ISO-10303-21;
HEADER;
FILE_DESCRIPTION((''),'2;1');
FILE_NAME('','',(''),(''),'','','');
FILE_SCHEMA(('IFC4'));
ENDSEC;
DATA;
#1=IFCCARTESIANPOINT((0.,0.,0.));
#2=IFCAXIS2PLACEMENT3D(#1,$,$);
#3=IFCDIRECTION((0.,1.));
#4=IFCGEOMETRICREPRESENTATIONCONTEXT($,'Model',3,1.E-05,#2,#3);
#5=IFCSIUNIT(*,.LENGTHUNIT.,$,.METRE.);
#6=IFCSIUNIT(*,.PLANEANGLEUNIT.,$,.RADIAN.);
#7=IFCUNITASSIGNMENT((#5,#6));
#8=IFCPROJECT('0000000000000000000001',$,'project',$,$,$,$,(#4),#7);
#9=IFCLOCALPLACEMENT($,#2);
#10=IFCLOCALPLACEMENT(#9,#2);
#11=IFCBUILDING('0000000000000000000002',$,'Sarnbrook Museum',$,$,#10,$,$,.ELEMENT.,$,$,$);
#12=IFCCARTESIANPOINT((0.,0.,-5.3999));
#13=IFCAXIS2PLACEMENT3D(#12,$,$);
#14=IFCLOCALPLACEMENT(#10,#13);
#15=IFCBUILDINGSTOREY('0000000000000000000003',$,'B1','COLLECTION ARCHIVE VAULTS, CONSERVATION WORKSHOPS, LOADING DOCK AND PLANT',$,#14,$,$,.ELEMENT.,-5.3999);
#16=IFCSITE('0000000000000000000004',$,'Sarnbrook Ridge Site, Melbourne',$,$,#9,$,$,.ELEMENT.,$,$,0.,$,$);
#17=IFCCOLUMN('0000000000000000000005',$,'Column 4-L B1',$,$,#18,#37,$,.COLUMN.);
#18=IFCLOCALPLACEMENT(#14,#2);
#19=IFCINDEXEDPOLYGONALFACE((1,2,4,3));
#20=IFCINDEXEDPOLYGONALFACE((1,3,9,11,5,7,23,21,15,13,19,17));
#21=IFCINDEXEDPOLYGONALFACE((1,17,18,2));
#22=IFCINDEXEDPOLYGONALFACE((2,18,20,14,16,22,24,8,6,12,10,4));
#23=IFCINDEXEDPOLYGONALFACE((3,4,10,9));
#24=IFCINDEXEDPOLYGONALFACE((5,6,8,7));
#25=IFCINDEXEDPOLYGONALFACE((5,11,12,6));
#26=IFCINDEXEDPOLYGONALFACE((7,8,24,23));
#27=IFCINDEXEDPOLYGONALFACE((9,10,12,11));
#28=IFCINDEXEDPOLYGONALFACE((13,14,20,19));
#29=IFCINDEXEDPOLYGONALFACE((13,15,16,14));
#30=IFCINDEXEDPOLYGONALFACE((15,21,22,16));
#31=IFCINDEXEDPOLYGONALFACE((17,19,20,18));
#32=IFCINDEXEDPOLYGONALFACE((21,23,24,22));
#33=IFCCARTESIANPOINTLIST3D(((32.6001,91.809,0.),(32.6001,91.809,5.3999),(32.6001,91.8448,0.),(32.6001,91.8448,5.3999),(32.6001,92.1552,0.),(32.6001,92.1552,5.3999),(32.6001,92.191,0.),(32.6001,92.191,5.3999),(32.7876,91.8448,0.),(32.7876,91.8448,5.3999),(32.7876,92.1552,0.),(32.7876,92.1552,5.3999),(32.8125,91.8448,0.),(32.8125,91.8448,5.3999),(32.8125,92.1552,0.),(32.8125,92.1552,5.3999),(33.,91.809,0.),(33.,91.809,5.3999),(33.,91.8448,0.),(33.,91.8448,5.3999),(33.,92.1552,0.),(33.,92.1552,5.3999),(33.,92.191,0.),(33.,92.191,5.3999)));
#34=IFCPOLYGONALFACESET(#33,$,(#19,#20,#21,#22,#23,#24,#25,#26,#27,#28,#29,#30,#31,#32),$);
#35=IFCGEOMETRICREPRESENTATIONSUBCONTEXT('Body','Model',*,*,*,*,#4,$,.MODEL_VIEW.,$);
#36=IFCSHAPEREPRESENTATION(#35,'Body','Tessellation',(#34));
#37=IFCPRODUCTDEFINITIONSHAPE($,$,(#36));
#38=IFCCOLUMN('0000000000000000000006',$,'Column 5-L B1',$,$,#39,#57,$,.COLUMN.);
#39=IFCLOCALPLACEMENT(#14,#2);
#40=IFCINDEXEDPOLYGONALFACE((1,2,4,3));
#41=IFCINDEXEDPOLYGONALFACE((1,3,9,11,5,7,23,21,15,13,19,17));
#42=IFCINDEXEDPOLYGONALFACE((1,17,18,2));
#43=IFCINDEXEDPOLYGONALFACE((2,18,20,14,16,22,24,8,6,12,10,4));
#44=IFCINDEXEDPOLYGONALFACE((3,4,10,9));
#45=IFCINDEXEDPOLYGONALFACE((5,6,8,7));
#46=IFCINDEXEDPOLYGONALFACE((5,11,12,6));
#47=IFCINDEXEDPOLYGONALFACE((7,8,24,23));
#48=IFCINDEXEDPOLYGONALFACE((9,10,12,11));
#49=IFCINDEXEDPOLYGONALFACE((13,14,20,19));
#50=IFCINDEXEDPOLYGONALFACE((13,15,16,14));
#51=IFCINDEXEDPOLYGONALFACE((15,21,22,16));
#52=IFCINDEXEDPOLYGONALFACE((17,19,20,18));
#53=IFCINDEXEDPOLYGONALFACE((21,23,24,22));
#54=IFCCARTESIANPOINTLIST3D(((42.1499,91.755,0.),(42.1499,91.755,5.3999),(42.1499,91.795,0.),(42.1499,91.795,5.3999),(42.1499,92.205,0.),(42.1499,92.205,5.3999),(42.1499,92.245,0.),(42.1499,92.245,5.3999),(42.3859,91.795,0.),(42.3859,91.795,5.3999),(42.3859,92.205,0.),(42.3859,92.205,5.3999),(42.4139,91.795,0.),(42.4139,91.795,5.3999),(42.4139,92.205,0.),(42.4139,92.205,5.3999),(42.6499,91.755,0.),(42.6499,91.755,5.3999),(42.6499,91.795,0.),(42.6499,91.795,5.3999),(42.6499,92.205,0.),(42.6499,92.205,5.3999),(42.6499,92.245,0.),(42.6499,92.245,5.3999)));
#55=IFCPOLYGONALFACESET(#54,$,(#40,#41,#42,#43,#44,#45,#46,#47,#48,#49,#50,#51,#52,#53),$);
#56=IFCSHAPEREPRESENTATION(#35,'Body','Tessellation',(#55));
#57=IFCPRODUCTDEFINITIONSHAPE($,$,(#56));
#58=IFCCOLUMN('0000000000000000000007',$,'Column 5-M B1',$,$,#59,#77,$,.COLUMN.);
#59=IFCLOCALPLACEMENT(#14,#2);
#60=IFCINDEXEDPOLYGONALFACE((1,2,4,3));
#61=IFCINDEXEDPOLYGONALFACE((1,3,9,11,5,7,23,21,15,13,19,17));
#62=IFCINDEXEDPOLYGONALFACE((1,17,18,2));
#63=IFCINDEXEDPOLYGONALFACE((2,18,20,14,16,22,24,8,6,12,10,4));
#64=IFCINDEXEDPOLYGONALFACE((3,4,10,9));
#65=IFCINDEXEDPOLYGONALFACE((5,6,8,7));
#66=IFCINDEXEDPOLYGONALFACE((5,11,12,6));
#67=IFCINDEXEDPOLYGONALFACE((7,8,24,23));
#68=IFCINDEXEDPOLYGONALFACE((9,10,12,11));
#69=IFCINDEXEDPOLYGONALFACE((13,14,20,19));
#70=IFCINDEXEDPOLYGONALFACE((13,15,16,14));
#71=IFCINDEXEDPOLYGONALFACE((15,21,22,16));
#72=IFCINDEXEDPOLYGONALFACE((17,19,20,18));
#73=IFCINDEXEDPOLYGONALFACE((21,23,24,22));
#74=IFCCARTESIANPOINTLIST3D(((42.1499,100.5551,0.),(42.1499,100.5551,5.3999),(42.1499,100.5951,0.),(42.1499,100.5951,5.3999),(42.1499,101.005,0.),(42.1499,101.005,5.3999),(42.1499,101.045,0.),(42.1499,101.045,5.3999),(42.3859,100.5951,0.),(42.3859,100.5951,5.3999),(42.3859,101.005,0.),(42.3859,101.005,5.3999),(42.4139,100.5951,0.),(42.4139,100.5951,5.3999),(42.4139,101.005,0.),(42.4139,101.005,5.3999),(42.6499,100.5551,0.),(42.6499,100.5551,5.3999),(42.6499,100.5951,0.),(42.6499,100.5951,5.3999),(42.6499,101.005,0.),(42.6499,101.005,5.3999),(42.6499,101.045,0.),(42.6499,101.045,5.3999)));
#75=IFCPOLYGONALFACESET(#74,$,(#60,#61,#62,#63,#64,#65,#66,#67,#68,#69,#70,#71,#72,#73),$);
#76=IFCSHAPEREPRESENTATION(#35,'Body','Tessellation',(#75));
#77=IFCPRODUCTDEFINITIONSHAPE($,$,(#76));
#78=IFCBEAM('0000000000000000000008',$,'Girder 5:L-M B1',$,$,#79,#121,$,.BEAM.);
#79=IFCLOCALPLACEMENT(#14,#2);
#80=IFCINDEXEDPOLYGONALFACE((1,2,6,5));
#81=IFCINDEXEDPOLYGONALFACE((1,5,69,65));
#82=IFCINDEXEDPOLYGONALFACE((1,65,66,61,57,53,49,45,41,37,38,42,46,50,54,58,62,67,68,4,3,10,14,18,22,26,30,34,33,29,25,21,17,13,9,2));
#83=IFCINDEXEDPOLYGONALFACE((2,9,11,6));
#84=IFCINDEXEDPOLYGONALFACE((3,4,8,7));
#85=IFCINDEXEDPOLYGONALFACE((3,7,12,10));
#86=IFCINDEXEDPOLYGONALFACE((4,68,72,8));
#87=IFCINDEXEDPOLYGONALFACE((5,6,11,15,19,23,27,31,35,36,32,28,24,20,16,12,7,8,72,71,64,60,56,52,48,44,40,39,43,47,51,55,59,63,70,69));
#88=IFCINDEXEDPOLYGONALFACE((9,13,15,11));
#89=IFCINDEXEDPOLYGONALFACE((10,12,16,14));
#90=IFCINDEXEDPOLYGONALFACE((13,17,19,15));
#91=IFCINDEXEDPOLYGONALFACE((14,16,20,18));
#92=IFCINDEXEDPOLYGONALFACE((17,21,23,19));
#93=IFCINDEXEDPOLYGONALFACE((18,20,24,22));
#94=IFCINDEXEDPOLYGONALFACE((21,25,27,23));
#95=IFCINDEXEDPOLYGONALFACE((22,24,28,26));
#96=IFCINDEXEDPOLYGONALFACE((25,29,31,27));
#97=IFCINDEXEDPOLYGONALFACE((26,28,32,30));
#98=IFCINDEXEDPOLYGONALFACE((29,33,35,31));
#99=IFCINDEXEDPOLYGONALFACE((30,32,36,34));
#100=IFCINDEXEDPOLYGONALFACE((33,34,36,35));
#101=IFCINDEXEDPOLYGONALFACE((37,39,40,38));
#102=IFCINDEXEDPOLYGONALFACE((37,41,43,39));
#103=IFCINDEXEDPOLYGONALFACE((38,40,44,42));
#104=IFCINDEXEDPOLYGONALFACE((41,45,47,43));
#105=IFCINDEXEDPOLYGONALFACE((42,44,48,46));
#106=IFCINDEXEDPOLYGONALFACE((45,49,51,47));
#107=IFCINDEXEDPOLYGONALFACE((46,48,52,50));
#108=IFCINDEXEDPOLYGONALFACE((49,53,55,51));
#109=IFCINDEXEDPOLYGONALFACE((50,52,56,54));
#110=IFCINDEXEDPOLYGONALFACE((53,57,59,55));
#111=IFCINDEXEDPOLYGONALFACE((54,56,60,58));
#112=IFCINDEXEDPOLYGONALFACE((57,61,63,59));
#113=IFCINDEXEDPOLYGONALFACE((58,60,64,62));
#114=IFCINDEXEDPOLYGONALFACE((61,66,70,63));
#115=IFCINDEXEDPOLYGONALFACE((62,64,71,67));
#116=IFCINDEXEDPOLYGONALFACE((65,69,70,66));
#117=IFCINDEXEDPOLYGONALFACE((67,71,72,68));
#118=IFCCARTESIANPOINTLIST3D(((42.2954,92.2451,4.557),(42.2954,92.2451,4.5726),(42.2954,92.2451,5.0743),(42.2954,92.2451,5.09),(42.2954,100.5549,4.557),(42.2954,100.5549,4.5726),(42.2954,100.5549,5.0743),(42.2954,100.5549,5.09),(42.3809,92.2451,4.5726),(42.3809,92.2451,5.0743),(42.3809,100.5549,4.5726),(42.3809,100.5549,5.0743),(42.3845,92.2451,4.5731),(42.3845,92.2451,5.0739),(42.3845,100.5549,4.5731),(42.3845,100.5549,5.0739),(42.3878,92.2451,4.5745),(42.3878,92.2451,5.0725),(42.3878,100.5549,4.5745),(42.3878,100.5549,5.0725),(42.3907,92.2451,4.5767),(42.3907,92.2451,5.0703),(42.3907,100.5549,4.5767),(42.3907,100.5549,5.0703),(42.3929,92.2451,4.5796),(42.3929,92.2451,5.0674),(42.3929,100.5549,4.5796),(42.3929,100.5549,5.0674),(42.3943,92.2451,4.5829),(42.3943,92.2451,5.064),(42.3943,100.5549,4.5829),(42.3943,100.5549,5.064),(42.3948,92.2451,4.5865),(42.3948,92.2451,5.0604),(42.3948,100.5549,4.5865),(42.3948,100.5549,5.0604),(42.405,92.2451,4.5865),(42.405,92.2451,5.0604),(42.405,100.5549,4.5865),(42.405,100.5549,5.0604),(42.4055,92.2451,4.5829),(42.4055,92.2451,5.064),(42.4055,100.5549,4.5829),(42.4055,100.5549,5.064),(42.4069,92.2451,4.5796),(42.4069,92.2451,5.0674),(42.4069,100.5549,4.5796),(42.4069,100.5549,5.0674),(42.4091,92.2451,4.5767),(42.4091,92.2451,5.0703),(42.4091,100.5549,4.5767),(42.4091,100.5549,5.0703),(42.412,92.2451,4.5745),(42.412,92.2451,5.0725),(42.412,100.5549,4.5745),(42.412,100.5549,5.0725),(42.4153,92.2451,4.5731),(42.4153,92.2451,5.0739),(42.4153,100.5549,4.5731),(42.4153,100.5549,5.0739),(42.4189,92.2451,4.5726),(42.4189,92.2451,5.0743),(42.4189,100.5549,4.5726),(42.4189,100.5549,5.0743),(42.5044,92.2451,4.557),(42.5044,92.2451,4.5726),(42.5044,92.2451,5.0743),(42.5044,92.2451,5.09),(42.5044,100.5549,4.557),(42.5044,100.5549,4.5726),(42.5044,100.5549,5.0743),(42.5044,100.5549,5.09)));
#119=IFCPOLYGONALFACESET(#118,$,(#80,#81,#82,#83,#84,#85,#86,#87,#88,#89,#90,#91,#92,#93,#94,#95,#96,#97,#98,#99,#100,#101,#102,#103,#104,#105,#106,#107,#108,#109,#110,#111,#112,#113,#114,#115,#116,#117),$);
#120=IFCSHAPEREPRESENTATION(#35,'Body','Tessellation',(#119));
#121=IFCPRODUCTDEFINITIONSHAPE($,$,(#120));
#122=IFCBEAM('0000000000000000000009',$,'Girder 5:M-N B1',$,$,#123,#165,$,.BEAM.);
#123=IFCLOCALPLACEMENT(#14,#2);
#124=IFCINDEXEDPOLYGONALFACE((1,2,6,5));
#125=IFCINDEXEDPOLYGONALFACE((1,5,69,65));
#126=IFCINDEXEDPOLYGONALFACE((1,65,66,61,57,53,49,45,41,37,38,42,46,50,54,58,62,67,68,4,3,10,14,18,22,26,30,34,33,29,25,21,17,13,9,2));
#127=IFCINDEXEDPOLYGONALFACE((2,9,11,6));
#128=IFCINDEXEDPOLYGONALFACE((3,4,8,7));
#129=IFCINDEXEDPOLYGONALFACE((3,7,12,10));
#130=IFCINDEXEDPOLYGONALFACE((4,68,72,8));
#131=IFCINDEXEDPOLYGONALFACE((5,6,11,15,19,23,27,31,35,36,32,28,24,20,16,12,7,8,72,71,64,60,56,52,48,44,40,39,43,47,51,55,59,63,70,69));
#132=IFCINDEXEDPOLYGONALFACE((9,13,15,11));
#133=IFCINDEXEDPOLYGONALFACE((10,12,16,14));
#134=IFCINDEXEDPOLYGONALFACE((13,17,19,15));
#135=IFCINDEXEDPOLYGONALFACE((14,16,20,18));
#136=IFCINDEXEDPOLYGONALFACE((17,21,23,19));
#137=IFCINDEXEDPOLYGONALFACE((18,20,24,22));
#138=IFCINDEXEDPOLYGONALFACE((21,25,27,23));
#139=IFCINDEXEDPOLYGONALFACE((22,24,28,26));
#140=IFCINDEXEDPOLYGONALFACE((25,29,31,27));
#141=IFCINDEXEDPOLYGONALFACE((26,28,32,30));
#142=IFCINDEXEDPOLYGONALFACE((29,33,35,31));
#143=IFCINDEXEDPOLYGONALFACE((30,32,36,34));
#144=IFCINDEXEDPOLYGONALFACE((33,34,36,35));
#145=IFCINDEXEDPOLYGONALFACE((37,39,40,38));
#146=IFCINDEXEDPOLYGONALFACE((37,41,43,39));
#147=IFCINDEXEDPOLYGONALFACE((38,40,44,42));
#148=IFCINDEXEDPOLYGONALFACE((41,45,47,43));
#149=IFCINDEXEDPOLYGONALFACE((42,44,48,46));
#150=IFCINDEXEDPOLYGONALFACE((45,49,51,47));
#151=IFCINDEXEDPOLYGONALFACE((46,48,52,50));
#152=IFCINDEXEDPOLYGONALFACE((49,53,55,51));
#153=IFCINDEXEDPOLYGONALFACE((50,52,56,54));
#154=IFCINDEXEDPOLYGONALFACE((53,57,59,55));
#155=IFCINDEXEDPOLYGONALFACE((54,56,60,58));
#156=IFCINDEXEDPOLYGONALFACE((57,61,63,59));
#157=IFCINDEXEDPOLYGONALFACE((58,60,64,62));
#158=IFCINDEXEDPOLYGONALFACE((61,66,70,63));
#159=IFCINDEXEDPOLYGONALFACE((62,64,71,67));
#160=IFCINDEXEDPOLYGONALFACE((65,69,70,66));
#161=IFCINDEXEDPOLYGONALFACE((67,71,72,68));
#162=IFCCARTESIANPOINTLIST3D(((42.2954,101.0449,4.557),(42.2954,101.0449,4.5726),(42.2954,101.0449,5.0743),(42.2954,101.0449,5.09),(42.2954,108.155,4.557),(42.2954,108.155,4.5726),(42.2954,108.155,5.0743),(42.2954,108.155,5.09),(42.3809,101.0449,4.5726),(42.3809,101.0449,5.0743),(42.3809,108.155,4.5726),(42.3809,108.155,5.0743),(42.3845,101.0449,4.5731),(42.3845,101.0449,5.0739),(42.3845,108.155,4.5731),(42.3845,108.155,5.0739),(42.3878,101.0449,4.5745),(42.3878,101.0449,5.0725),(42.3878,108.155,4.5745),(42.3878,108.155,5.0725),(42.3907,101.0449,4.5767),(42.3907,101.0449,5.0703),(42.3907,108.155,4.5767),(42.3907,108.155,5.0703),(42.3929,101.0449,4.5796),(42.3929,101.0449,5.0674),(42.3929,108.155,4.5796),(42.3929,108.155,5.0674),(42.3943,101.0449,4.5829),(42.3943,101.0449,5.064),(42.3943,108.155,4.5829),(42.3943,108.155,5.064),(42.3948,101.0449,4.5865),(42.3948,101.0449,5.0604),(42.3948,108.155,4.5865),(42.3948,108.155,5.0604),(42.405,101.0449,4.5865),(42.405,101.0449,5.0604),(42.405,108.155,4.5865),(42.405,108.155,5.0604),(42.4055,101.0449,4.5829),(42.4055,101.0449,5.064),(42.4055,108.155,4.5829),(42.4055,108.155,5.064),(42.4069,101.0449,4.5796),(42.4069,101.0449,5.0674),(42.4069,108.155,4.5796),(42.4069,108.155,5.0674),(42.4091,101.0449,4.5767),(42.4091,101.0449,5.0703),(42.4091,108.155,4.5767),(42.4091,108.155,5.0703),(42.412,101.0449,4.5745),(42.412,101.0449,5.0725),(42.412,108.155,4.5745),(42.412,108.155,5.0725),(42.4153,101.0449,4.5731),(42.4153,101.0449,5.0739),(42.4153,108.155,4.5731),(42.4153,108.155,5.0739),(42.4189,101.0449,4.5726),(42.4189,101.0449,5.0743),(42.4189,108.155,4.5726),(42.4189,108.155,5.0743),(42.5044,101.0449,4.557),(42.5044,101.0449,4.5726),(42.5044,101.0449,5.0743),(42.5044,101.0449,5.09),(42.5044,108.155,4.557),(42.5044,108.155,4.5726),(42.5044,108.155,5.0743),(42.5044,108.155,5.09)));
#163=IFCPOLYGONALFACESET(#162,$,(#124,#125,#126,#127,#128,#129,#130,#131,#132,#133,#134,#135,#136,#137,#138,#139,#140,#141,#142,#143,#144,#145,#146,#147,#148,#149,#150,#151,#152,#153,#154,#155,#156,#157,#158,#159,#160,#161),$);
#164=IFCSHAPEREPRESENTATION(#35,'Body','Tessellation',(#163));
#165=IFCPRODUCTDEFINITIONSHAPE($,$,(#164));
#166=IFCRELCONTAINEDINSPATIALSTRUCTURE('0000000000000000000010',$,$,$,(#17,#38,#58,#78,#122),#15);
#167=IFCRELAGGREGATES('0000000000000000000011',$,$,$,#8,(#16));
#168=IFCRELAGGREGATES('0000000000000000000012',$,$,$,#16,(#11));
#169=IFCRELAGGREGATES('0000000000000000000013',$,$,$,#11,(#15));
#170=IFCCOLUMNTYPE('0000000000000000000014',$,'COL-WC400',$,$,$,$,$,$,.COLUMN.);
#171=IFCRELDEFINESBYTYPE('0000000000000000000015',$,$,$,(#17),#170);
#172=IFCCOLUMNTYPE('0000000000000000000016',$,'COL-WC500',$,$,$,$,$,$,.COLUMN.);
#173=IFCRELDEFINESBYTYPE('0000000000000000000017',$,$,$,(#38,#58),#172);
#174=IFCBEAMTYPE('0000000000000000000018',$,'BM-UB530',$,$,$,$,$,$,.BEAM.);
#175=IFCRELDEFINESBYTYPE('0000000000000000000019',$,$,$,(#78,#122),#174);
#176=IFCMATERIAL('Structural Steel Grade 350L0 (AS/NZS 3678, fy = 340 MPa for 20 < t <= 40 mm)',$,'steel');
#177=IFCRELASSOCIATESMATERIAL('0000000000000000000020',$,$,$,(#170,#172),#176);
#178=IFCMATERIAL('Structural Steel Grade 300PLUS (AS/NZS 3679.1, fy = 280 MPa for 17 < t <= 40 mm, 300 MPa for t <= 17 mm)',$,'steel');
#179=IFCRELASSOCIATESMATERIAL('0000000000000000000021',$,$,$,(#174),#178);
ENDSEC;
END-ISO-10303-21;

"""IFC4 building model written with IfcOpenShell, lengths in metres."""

from ifc_helpers import new_model, si_unit, direction, frame, origin, origin_2d, place, context, subcontext, project, spatial, i_section, extrude, material, material_profile, profile_set, type_object, element, save


model = new_model("IFC4")

# Units and contexts
model_context = context("Model", 3, precision=1e-05, world=origin(), true_north=direction((0.0, 1.0)))
body_context = subcontext(model_context, "Body", "Model", "MODEL_VIEW")
ifc_project = project(units=[si_unit("LENGTHUNIT", "METRE"), si_unit("PLANEANGLEUNIT", "RADIAN")], contexts=[model_context])

# Site, building, storey
site_placement = place(None, origin())
site = spatial("IfcSite", under=ifc_project, at=site_placement, Name="Sarnbrook Ridge Site, Melbourne", CompositionType="ELEMENT", RefElevation=0.0)
building_placement = place(site_placement, origin())
building = spatial("IfcBuilding", under=site, at=building_placement, Name="Sarnbrook Museum", CompositionType="ELEMENT")
storey_placement = place(building_placement, frame((0.0, 0.0, -5.3999)))
storey = spatial("IfcBuildingStorey", under=building, at=storey_placement, Name="B1", Description="COLLECTION ARCHIVE VAULTS, CONSERVATION WORKSHOPS, LOADING DOCK AND PLANT", CompositionType="ELEMENT", Elevation=-5.3999)

# Columns
ifc_material_1 = material(Name="Structural Steel Grade 350L0 (AS/NZS 3678, fy = 340 MPa for 20 < t <= 40 mm)", Category="steel")
ifc_material_profile_1 = material_profile(ifc_material_1, i_section(OverallWidth=0.3999, OverallDepth=0.3821, WebThickness=0.0249, FlangeThickness=0.0359, at=origin_2d()), Name="400WC270")
ifc_profile_set_1 = profile_set([ifc_material_profile_1], Name="Structural Steel Grade 350L0 (AS/NZS 3678, fy = 340 MPa for 20 < t <= 40 mm)")
column_type_1 = type_object("IfcColumnType", Name="COL-WC400", PredefinedType="COLUMN", material=ifc_profile_set_1)
for number, where, z_axis, x_axis, name in (
    (1, (32.8, 92.0, 0.0), (0.0, 0.0, 1.0), (1.0, 0.0, 0.0), "Column 4-L B1"),
):
    element("IfcColumn", number, at=place(storey_placement, frame(where, z_axis=z_axis, x_axis=x_axis)), inside=storey, type_object=column_type_1, Name=name, PredefinedType="COLUMN", context=body_context, shape_type="SweptSolid", body=[
        extrude(i_section(OverallWidth=0.3999, OverallDepth=0.3821, WebThickness=0.0249, FlangeThickness=0.0359, at=origin_2d()), origin(), (0.0, 0.0, 1.0), 5.3999),
    ])
ifc_material_profile_2 = material_profile(ifc_material_1, i_section(OverallWidth=0.5, OverallDepth=0.49, WebThickness=0.0281, FlangeThickness=0.04, at=origin_2d()), Name="500WC340")
ifc_profile_set_2 = profile_set([ifc_material_profile_2], Name="Structural Steel Grade 350L0 (AS/NZS 3678, fy = 340 MPa for 20 < t <= 40 mm)")
column_type_2 = type_object("IfcColumnType", Name="COL-WC500", PredefinedType="COLUMN", material=ifc_profile_set_2)
for number, where, z_axis, x_axis, name in (
    (2, (42.3999, 92.0, 0.0), (0.0, 0.0, 1.0), (1.0, 0.0, 0.0), "Column 5-L B1"),
    (3, (42.3999, 100.8, 0.0), (0.0, 0.0, 1.0), (1.0, 0.0, 0.0), "Column 5-M B1"),
):
    element("IfcColumn", number, at=place(storey_placement, frame(where, z_axis=z_axis, x_axis=x_axis)), inside=storey, type_object=column_type_2, Name=name, PredefinedType="COLUMN", context=body_context, shape_type="SweptSolid", body=[
        extrude(i_section(OverallWidth=0.5, OverallDepth=0.49, WebThickness=0.0281, FlangeThickness=0.04, at=origin_2d()), origin(), (0.0, 0.0, 1.0), 5.3999),
    ])

# Beams
ifc_material_2 = material(Name="Structural Steel Grade 300PLUS (AS/NZS 3679.1, fy = 280 MPa for 17 < t <= 40 mm, 300 MPa for t <= 17 mm)", Category="steel")
ifc_material_profile_3 = material_profile(ifc_material_2, i_section(OverallWidth=0.209, OverallDepth=0.533, WebThickness=0.0103, FlangeThickness=0.0156, FilletRadius=0.0139, at=origin_2d()), Name="530UB92.4")
ifc_profile_set_3 = profile_set([ifc_material_profile_3], Name="Structural Steel Grade 300PLUS (AS/NZS 3679.1, fy = 280 MPa for 17 < t <= 40 mm, 300 MPa for t <= 17 mm)")
beam_type_1 = type_object("IfcBeamType", Name="BM-UB530", PredefinedType="BEAM", material=ifc_profile_set_3)
beam_1_placement = place(storey_placement, frame((42.3999, 92.2451, 4.8235), z_axis=(0.0, 1.0, 0.0), x_axis=(-1.0, 0.0, 0.0)))
element("IfcBeam", 4, at=beam_1_placement, inside=storey, type_object=beam_type_1, Name="Girder 5:L-M B1", PredefinedType="BEAM", context=body_context, shape_type="SweptSolid", body=[
    extrude(i_section(OverallWidth=0.209, OverallDepth=0.533, WebThickness=0.0103, FlangeThickness=0.0156, FilletRadius=0.0139, at=origin_2d()), origin(), (0.0, 0.0, 1.0), 8.3098),
])
beam_2_placement = place(storey_placement, frame((42.3999, 101.0449, 4.8235), z_axis=(0.0, 1.0, 0.0), x_axis=(-1.0, 0.0, 0.0)))
element("IfcBeam", 5, at=beam_2_placement, inside=storey, type_object=beam_type_1, Name="Girder 5:M-N B1", PredefinedType="BEAM", context=body_context, shape_type="SweptSolid", body=[
    extrude(i_section(OverallWidth=0.209, OverallDepth=0.533, WebThickness=0.0103, FlangeThickness=0.0156, FilletRadius=0.0139, at=origin_2d()), origin(), (0.0, 0.0, 1.0), 7.1101),
])

save(model, "model.ifc")
